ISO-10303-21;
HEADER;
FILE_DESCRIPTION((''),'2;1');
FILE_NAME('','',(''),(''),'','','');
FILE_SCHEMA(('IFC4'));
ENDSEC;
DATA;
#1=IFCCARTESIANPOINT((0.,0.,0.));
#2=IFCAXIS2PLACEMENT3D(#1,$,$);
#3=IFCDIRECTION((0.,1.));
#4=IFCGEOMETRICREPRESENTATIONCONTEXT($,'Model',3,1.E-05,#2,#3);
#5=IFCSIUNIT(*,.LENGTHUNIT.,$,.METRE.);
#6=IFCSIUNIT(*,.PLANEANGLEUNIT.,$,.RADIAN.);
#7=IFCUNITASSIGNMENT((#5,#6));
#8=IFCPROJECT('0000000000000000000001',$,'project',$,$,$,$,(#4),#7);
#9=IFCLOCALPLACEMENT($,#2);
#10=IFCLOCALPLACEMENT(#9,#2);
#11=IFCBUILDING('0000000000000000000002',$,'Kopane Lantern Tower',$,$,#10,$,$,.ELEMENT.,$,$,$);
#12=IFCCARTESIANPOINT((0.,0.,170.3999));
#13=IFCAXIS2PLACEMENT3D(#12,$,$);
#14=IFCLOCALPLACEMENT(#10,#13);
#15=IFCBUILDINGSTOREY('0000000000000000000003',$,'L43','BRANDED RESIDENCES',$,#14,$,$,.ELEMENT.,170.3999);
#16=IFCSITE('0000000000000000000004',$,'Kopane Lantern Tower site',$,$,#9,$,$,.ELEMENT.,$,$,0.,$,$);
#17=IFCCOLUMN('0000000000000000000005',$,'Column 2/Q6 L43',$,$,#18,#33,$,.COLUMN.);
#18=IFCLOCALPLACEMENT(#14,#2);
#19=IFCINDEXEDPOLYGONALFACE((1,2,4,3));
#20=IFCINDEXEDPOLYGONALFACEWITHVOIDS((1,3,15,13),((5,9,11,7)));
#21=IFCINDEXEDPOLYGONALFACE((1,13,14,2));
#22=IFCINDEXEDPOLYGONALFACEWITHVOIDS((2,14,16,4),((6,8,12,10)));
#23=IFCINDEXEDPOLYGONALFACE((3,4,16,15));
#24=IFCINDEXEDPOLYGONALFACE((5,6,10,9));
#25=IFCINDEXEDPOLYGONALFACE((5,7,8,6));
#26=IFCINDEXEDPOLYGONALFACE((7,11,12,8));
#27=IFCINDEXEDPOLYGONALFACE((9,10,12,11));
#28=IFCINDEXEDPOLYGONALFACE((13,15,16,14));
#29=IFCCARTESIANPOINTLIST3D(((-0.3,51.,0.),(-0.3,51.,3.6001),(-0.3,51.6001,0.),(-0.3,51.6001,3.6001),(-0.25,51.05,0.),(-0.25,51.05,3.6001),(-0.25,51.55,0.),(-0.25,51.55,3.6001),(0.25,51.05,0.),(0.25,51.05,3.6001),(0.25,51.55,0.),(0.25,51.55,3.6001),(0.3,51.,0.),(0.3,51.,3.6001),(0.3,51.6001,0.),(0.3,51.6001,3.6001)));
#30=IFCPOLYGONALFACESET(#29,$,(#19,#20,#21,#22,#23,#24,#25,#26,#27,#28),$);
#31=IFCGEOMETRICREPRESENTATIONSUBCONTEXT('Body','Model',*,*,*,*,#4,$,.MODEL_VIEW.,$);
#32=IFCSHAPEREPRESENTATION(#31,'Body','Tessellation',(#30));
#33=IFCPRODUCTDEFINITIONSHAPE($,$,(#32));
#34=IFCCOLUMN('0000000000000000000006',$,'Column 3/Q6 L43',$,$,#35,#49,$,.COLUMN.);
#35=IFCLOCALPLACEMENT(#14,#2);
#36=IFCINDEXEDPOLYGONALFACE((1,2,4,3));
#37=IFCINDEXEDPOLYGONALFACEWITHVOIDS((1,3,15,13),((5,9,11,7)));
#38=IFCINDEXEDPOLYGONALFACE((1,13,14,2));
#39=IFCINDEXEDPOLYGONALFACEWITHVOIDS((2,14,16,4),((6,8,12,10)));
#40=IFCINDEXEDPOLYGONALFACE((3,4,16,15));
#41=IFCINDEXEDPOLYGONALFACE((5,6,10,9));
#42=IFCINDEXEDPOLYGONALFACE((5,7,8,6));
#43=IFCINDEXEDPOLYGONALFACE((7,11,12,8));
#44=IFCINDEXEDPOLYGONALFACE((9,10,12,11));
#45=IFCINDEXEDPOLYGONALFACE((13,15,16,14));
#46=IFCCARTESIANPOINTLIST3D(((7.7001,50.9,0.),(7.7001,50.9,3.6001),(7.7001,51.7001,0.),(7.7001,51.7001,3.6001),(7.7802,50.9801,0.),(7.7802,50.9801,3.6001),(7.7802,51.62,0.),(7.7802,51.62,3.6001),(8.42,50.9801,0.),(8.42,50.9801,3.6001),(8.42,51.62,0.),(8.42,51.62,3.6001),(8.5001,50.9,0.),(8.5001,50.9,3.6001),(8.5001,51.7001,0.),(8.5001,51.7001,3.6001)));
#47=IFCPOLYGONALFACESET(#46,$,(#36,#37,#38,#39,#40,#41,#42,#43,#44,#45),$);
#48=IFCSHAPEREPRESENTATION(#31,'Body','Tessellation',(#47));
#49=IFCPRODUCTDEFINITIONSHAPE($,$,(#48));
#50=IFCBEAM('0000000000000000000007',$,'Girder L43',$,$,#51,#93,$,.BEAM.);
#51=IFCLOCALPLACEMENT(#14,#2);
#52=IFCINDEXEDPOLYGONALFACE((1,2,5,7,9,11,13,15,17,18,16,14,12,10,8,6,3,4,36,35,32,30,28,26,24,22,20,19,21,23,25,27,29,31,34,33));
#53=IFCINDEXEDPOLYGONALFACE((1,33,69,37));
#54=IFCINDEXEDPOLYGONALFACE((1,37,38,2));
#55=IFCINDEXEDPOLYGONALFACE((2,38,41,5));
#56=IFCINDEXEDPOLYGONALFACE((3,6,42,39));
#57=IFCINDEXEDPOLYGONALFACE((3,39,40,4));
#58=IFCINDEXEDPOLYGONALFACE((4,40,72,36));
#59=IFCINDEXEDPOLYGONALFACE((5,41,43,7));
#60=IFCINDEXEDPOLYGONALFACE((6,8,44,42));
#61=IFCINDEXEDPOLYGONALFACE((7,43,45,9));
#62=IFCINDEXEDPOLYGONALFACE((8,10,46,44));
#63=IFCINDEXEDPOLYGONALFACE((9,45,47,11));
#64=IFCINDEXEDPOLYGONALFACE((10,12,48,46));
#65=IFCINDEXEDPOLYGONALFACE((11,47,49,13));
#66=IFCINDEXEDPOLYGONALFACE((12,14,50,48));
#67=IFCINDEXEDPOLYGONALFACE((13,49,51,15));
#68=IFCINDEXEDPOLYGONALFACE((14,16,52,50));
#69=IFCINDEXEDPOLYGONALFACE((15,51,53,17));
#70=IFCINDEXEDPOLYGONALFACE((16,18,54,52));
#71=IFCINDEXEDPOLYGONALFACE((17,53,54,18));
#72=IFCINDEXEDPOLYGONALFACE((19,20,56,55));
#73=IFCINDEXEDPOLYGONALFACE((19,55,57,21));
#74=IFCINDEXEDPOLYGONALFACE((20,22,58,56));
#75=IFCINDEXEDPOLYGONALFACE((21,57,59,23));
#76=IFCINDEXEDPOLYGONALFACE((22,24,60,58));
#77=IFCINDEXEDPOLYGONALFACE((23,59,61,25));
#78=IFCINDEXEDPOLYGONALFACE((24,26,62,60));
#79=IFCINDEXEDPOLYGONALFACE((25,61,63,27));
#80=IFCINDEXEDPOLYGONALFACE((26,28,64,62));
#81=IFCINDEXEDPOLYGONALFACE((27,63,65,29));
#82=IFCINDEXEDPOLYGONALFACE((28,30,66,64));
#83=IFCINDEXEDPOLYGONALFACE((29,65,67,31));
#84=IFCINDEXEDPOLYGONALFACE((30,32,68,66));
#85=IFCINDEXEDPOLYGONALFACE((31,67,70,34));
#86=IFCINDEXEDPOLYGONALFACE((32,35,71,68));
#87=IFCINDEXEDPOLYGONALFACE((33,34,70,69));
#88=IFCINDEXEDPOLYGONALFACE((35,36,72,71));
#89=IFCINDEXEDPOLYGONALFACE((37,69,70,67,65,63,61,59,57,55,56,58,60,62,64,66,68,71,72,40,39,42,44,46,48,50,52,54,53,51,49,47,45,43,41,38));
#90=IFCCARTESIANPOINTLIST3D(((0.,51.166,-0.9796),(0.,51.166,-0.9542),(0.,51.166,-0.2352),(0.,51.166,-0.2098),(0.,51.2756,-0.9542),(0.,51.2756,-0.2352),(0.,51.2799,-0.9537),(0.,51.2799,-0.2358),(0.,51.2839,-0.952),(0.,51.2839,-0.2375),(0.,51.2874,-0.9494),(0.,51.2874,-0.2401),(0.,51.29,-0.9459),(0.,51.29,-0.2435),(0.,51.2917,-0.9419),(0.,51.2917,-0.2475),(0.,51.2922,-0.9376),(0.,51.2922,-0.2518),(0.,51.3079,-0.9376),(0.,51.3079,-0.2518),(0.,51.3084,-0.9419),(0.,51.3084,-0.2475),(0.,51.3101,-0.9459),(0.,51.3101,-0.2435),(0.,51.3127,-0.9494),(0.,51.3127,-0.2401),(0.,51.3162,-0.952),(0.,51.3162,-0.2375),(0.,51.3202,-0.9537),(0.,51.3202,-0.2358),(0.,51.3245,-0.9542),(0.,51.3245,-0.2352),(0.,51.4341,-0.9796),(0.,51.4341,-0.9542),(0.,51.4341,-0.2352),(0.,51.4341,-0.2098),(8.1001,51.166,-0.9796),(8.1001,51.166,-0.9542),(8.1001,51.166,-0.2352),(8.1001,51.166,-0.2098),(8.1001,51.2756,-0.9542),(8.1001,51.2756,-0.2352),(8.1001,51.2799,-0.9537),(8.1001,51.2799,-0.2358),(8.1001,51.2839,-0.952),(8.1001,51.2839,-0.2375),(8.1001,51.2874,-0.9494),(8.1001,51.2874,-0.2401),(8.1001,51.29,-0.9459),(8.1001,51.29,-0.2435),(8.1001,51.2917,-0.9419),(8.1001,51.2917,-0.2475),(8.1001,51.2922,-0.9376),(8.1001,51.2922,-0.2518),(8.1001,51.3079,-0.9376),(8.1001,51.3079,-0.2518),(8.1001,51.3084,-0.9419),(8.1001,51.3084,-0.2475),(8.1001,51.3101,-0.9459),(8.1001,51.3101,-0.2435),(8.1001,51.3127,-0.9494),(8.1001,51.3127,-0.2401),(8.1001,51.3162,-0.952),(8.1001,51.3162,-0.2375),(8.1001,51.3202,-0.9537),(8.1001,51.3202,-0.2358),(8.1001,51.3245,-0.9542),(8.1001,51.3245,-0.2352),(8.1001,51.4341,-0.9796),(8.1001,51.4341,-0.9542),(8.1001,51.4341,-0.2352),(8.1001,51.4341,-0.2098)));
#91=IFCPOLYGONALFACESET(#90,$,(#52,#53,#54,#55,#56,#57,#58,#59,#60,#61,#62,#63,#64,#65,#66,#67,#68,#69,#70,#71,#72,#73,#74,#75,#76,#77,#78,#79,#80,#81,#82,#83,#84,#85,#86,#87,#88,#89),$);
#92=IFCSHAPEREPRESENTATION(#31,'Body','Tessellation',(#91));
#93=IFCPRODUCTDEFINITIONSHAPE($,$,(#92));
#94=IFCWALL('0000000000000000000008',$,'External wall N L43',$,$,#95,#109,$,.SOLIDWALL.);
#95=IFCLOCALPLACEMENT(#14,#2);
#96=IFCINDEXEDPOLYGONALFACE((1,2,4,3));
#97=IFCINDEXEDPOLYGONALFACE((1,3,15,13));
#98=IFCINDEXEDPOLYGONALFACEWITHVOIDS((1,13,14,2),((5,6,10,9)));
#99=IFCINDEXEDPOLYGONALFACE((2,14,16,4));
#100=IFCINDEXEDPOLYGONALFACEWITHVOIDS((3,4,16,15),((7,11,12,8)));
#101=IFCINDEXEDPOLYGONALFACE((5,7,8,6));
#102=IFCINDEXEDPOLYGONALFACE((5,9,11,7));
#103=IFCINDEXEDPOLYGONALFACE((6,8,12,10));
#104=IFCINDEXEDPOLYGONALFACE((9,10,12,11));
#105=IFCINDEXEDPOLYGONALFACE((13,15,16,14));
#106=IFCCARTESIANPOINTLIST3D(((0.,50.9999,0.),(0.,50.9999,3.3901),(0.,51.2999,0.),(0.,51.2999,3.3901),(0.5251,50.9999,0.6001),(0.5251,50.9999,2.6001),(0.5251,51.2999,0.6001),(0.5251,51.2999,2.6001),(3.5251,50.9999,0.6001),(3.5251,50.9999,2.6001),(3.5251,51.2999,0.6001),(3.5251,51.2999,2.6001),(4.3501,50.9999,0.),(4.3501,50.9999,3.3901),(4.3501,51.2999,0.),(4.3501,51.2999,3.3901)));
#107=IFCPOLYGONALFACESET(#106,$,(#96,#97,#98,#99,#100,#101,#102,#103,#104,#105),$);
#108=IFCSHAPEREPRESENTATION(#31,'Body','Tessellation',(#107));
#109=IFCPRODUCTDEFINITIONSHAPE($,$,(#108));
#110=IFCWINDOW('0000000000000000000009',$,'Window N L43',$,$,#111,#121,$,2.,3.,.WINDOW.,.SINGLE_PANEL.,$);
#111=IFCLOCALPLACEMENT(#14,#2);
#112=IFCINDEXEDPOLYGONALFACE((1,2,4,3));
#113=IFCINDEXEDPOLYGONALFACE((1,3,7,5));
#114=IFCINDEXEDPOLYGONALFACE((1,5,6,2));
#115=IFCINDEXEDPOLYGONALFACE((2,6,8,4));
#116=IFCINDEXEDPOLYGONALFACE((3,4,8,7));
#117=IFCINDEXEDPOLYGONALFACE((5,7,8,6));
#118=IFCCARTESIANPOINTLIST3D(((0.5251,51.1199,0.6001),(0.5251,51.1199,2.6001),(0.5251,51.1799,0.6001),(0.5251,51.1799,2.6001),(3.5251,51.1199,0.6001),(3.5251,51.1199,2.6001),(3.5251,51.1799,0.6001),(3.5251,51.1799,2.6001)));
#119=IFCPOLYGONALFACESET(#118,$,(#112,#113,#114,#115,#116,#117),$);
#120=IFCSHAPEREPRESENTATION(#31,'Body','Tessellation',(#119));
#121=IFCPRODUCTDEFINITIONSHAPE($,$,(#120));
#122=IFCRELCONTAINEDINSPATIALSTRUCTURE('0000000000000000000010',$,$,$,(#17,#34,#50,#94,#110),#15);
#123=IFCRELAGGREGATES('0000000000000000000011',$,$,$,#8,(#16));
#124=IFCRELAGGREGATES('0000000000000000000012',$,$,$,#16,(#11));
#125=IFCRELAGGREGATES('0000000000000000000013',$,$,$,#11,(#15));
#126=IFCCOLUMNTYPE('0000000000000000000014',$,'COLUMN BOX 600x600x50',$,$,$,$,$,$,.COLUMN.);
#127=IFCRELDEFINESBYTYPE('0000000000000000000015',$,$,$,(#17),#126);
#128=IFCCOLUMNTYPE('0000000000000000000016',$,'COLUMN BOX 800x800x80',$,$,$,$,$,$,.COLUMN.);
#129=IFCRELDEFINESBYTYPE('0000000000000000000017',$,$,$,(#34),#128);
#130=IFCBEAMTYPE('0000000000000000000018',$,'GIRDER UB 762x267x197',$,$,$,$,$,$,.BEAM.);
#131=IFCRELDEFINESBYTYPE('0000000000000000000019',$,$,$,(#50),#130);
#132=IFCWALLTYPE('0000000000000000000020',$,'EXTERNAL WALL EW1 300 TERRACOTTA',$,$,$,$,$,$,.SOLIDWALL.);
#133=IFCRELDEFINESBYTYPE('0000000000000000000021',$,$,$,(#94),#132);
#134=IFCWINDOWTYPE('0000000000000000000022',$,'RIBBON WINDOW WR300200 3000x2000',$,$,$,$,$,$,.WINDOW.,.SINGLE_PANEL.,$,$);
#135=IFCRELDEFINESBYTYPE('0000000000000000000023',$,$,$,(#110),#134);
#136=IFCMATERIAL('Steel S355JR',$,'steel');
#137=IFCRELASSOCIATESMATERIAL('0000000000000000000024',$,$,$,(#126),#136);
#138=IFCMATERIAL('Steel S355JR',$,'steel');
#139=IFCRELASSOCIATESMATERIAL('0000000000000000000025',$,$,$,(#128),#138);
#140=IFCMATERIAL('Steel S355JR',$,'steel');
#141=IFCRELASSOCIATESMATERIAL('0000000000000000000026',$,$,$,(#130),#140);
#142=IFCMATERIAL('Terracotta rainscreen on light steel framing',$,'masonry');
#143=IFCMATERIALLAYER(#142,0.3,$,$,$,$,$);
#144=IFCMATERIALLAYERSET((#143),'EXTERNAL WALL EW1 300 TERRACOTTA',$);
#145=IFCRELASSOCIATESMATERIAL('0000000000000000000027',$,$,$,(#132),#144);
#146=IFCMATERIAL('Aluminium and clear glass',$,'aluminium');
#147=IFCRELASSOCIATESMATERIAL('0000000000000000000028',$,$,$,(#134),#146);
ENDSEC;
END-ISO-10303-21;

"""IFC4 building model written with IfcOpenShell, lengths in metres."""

from ifc_helpers import new_model, si_unit, direction, frame, frame_2d, origin, origin_2d, place, context, subcontext, project, spatial, rectangle, hollow_rectangle, i_section, extrude, material, layer, layer_set, material_profile, profile_set, type_object, element, fill, save


model = new_model("IFC4")

# Units and contexts
model_context = context("Model", 3, precision=1e-05, world=origin(), true_north=direction((0.0, 1.0)))
body_context = subcontext(model_context, "Body", "Model", "MODEL_VIEW")
ifc_project = project(units=[si_unit("LENGTHUNIT", "METRE"), si_unit("PLANEANGLEUNIT", "RADIAN")], contexts=[model_context])

# Site, building, storey
site_placement = place(None, origin())
site = spatial("IfcSite", under=ifc_project, at=site_placement, Name="Kopane Lantern Tower site", CompositionType="ELEMENT", RefElevation=0.0)
building_placement = place(site_placement, origin())
building = spatial("IfcBuilding", under=site, at=building_placement, Name="Kopane Lantern Tower", CompositionType="ELEMENT")
storey_placement = place(building_placement, frame((0.0, 0.0, 170.3999)))
storey = spatial("IfcBuildingStorey", under=building, at=storey_placement, Name="L43", Description="BRANDED RESIDENCES", CompositionType="ELEMENT", Elevation=170.3999)

# Columns
ifc_material_1 = material(Name="Steel S355JR", Category="steel")
ifc_material_profile_1 = material_profile(ifc_material_1, hollow_rectangle(XDim=0.6001, YDim=0.6001, WallThickness=0.05, at=origin_2d()), Name="BOX 600x600x50")
ifc_profile_set_1 = profile_set([ifc_material_profile_1], Name="Steel S355JR")
column_type_1 = type_object("IfcColumnType", Name="COLUMN BOX 600x600x50", PredefinedType="COLUMN", material=ifc_profile_set_1)
column_1_placement = place(storey_placement, frame((0.0, 51.3, 0.0), z_axis=(0.0, 0.0, 1.0), x_axis=(1.0, 0.0, 0.0)))
element("IfcColumn", 1, at=column_1_placement, inside=storey, type_object=column_type_1, Name="Column 2/Q6 L43", PredefinedType="COLUMN", context=body_context, shape_type="SweptSolid", body=[
    extrude(hollow_rectangle(XDim=0.6001, YDim=0.6001, WallThickness=0.05, at=origin_2d()), origin(), (0.0, 0.0, 1.0), 3.6001),
])
ifc_material_2 = material(Name="Steel S355JR", Category="steel")
ifc_material_profile_2 = material_profile(ifc_material_2, hollow_rectangle(XDim=0.8, YDim=0.8, WallThickness=0.0801, at=origin_2d()), Name="BOX 800x800x80")
ifc_profile_set_2 = profile_set([ifc_material_profile_2], Name="Steel S355JR")
column_type_2 = type_object("IfcColumnType", Name="COLUMN BOX 800x800x80", PredefinedType="COLUMN", material=ifc_profile_set_2)
column_2_placement = place(storey_placement, frame((8.1001, 51.3, 0.0), z_axis=(0.0, 0.0, 1.0), x_axis=(1.0, 0.0, 0.0)))
element("IfcColumn", 2, at=column_2_placement, inside=storey, type_object=column_type_2, Name="Column 3/Q6 L43", PredefinedType="COLUMN", context=body_context, shape_type="SweptSolid", body=[
    extrude(hollow_rectangle(XDim=0.8, YDim=0.8, WallThickness=0.0801, at=origin_2d()), origin(), (0.0, 0.0, 1.0), 3.6001),
])

# Beam
ifc_material_3 = material(Name="Steel S355JR", Category="steel")
ifc_material_profile_3 = material_profile(ifc_material_3, i_section(OverallWidth=0.2681, OverallDepth=0.7698, WebThickness=0.0156, FlangeThickness=0.0254, FilletRadius=0.0166, at=origin_2d()), Name="UB 762x267x197")
ifc_profile_set_3 = profile_set([ifc_material_profile_3], Name="Steel S355JR")
beam_type = type_object("IfcBeamType", Name="GIRDER UB 762x267x197", PredefinedType="BEAM", material=ifc_profile_set_3)
beam_placement = place(storey_placement, frame((0.0, 51.3, -0.5947), z_axis=(1.0, 0.0, 0.0), x_axis=(0.0, 1.0, 0.0)))
element("IfcBeam", 3, at=beam_placement, inside=storey, type_object=beam_type, Name="Girder L43", PredefinedType="BEAM", context=body_context, shape_type="SweptSolid", body=[
    extrude(i_section(OverallWidth=0.2681, OverallDepth=0.7698, WebThickness=0.0156, FlangeThickness=0.0254, FilletRadius=0.0166, at=origin_2d()), origin(), (0.0, 0.0, 1.0), 8.1001),
])

# Wall, opening, window
ifc_material_4 = material(Name="Terracotta rainscreen on light steel framing", Category="masonry")
ifc_layer = layer(ifc_material_4, 0.3)
ifc_layer_set = layer_set([ifc_layer], Name="EXTERNAL WALL EW1 300 TERRACOTTA")
wall_type = type_object("IfcWallType", Name="EXTERNAL WALL EW1 300 TERRACOTTA", PredefinedType="SOLIDWALL", material=ifc_layer_set)
wall_1_placement = place(storey_placement, frame((4.3501, 51.1499, 0.0), z_axis=(0.0, 0.0, 1.0), x_axis=(-1.0, 0.0, 0.0)))
wall_1 = element("IfcWall", 4, at=wall_1_placement, inside=storey, type_object=wall_type, Name="External wall N L43", PredefinedType="SOLIDWALL", context=body_context, shape_type="SweptSolid", body=[
    extrude(rectangle(XDim=4.3501, YDim=0.3, at=frame_2d((2.175, 0.0))), origin(), (0.0, 0.0, 1.0), 3.3901),
])
opening_1_placement = place(wall_1_placement, frame((0.825, 0.0, 0.6001)))
opening_1 = element("IfcOpeningElement", 5, at=opening_1_placement, cuts=wall_1, PredefinedType="OPENING", context=body_context, shape_type="SweptSolid", body=[
    extrude(rectangle(XDim=3.0, YDim=2.0, at=frame_2d((1.5, 1.0))), frame((0.0, 0.1599, 0.0), z_axis=(0.0, -1.0, 0.0), x_axis=(1.0, 0.0, 0.0)), (0.0, 0.0, 1.0), 0.3201),
])
ifc_material_5 = material(Name="Aluminium and clear glass", Category="aluminium")
window_type_1 = type_object("IfcWindowType", Name="RIBBON WINDOW WR300200 3000x2000", PartitioningType="SINGLE_PANEL", PredefinedType="WINDOW", material=ifc_material_5)
window_1_placement = place(opening_1_placement, origin())
window_1 = element("IfcWindow", 6, at=window_1_placement, inside=storey, type_object=window_type_1, Name="Window N L43", OverallHeight=2.0, OverallWidth=3.0, PartitioningType="SINGLE_PANEL", PredefinedType="WINDOW", context=body_context, shape_type="SweptSolid", body=[
    extrude(rectangle(XDim=3.0, YDim=2.0, at=frame_2d((1.5, 1.0))), frame((0.0, 0.03, 0.0), z_axis=(0.0, -1.0, 0.0), x_axis=(1.0, 0.0, 0.0)), (0.0, 0.0, 1.0), 0.0601),
])
fill(opening_1, window_1)

save(model, "model.ifc")
